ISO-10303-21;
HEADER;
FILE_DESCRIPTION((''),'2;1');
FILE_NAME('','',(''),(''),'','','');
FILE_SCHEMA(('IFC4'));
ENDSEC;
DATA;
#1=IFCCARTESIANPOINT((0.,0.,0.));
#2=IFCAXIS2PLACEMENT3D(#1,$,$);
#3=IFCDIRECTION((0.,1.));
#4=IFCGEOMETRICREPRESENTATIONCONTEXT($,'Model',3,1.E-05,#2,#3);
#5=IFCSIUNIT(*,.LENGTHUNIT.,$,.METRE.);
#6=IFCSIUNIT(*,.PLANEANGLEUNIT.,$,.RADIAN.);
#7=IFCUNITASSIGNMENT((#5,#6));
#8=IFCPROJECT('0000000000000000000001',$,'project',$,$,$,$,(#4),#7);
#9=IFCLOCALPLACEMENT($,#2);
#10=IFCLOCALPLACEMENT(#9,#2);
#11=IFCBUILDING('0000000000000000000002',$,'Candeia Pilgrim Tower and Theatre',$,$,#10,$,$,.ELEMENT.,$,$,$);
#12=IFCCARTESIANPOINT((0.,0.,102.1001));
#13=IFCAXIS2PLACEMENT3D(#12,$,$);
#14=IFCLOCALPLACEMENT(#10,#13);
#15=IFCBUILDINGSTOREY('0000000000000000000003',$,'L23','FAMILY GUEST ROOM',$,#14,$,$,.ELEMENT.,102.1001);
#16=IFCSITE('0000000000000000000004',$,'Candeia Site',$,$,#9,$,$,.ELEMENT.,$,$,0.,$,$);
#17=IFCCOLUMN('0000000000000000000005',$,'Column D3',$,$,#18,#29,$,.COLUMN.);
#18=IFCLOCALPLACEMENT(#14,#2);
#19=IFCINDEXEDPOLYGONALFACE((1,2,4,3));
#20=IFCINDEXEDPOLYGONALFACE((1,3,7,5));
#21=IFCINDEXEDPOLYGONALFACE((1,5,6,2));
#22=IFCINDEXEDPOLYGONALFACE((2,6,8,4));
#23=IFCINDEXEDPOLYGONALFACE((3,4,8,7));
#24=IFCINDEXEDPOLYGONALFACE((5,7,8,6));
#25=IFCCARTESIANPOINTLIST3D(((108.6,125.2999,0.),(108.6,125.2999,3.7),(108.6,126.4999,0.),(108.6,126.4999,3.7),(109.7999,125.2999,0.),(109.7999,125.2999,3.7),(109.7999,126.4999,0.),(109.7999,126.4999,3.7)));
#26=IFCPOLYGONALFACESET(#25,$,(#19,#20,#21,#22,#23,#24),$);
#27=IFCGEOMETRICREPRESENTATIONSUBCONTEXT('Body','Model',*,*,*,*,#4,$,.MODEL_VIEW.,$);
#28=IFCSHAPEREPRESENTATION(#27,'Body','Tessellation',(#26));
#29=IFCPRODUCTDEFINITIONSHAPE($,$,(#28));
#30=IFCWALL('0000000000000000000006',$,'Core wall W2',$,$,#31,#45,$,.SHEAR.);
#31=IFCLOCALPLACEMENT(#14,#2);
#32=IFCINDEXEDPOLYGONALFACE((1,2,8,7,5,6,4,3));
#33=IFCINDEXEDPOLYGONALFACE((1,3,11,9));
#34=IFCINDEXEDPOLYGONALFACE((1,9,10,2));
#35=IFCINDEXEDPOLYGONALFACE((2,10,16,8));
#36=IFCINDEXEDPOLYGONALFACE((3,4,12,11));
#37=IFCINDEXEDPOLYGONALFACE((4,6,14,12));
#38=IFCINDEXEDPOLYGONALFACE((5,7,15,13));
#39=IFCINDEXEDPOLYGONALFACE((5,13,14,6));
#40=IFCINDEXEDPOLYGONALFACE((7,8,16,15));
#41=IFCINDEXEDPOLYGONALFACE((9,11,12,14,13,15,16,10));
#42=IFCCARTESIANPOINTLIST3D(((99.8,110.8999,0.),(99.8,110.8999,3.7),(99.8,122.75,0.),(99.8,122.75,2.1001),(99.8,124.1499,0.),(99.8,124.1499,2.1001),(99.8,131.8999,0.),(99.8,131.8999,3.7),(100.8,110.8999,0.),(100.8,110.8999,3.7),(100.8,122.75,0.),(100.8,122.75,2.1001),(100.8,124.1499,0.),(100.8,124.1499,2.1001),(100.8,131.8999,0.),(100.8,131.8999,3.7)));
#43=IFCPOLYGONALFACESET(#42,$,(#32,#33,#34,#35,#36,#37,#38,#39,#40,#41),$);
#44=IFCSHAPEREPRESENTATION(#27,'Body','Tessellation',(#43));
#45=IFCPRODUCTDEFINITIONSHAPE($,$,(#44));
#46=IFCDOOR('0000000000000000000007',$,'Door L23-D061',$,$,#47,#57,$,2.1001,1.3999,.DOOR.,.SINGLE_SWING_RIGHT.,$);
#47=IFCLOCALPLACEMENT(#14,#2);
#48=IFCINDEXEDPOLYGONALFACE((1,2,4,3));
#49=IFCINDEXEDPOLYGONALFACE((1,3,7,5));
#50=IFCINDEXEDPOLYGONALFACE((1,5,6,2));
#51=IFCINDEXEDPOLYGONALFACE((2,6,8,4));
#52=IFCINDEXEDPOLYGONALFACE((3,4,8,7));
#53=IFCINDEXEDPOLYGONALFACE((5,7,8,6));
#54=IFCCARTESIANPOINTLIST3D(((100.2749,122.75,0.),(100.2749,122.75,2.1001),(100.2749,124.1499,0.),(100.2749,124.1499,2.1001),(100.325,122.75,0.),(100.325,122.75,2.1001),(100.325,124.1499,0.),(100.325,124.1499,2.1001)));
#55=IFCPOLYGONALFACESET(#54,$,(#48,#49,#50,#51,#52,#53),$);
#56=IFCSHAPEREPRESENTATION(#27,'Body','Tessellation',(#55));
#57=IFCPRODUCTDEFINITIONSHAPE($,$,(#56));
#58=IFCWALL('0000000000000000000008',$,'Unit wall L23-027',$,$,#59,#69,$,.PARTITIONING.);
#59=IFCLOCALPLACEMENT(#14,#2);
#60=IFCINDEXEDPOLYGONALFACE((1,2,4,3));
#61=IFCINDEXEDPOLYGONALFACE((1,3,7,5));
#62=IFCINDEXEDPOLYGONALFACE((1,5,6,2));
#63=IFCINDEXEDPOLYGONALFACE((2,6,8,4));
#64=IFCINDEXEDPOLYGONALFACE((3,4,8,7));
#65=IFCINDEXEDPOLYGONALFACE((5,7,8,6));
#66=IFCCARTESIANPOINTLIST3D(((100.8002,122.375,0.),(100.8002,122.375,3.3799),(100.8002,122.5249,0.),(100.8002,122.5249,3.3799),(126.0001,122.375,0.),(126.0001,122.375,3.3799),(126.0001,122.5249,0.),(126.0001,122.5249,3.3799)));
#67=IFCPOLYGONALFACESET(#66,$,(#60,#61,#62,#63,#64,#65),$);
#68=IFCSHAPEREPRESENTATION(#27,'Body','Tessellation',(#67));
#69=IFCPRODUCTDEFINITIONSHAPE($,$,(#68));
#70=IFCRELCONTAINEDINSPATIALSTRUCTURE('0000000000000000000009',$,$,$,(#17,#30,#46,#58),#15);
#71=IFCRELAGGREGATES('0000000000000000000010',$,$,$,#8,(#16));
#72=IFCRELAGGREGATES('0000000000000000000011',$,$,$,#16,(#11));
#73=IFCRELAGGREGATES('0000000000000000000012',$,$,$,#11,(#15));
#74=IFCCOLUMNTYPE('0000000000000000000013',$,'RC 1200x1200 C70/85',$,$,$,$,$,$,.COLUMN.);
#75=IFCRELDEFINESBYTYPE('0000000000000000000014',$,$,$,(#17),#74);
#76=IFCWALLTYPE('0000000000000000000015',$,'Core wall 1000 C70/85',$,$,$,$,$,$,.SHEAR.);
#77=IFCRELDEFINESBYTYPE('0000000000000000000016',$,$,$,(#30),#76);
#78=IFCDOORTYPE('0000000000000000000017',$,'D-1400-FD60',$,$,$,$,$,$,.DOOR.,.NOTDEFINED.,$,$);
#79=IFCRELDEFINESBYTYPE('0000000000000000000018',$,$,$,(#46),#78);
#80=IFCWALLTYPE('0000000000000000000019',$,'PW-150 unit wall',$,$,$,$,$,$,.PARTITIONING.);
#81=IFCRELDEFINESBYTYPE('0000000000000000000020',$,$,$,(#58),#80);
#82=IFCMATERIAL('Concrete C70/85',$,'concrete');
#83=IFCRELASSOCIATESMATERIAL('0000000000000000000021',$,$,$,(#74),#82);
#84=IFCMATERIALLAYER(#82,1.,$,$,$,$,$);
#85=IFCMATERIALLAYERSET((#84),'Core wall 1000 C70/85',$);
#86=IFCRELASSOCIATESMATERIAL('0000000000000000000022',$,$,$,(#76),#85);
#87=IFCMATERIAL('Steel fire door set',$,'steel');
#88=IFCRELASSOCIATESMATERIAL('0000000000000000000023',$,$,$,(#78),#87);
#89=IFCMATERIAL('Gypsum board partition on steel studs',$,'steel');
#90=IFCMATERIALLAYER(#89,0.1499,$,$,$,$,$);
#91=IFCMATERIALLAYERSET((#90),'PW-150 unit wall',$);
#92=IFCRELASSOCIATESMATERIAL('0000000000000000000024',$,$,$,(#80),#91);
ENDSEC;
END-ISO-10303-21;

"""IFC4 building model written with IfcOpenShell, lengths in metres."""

from ifc_helpers import new_model, si_unit, direction, frame, frame_2d, origin, origin_2d, place, context, subcontext, project, spatial, rectangle, extrude, material, layer, layer_set, material_profile, profile_set, type_object, element, fill, save


model = new_model("IFC4")

# Units and contexts
model_context = context("Model", 3, precision=1e-05, world=origin(), true_north=direction((0.0, 1.0)))
body_context = subcontext(model_context, "Body", "Model", "MODEL_VIEW")
ifc_project = project(units=[si_unit("LENGTHUNIT", "METRE"), si_unit("PLANEANGLEUNIT", "RADIAN")], contexts=[model_context])

# Site, building, storey
site_placement = place(None, origin())
site = spatial("IfcSite", under=ifc_project, at=site_placement, Name="Candeia Site", CompositionType="ELEMENT", RefElevation=0.0)
building_placement = place(site_placement, origin())
building = spatial("IfcBuilding", under=site, at=building_placement, Name="Candeia Pilgrim Tower and Theatre", CompositionType="ELEMENT")
storey_placement = place(building_placement, frame((0.0, 0.0, 102.1001)))
storey = spatial("IfcBuildingStorey", under=building, at=storey_placement, Name="L23", Description="FAMILY GUEST ROOM", CompositionType="ELEMENT", Elevation=102.1001)

# Column
ifc_material_1 = material(Name="Concrete C70/85", Category="concrete")
ifc_material_profile = material_profile(ifc_material_1, rectangle(XDim=1.2, YDim=1.2, at=origin_2d()))
ifc_profile_set = profile_set([ifc_material_profile], Name="Concrete C70/85")
column_type = type_object("IfcColumnType", Name="RC 1200x1200 C70/85", PredefinedType="COLUMN", material=ifc_profile_set)
column_placement = place(storey_placement, frame((109.2, 125.8999, 0.0), z_axis=(0.0, 0.0, 1.0), x_axis=(1.0, 0.0, 0.0)))
element("IfcColumn", 1, at=column_placement, inside=storey, type_object=column_type, Name="Column D3", PredefinedType="COLUMN", context=body_context, shape_type="SweptSolid", body=[
    extrude(rectangle(XDim=1.2, YDim=1.2, at=origin_2d()), origin(), (0.0, 0.0, 1.0), 3.7),
])

# Wall, opening, door
ifc_layer_1 = layer(ifc_material_1, 1.0)
ifc_layer_set_1 = layer_set([ifc_layer_1], Name="Core wall 1000 C70/85")
wall_type_1 = type_object("IfcWallType", Name="Core wall 1000 C70/85", PredefinedType="SHEAR", material=ifc_layer_set_1)
wall_1_placement = place(storey_placement, frame((100.3, 131.8999, 0.0), z_axis=(0.0, 0.0, 1.0), x_axis=(0.0, -1.0, 0.0)))
wall_1 = element("IfcWall", 2, at=wall_1_placement, inside=storey, type_object=wall_type_1, Name="Core wall W2", PredefinedType="SHEAR", context=body_context, shape_type="SweptSolid", body=[
    extrude(rectangle(XDim=21.0, YDim=1.0, at=frame_2d((10.5, 0.0))), origin(), (0.0, 0.0, 1.0), 3.7),
])
opening_1_placement = place(wall_1_placement, frame((7.75, 0.0, 0.0)))
opening_1 = element("IfcOpeningElement", 3, at=opening_1_placement, cuts=wall_1, PredefinedType="OPENING", context=body_context, shape_type="SweptSolid", body=[
    extrude(rectangle(XDim=1.3999, YDim=2.1001, at=frame_2d((0.7, 1.05))), frame((0.0, 0.51, 0.0), z_axis=(0.0, -1.0, 0.0), x_axis=(1.0, 0.0, 0.0)), (0.0, 0.0, 1.0), 1.02),
])
ifc_material_2 = material(Name="Steel fire door set", Category="steel")
door_type_1 = type_object("IfcDoorType", Name="D-1400-FD60", OperationType="NOTDEFINED", PredefinedType="DOOR", material=ifc_material_2)
door_1_placement = place(opening_1_placement, origin())
door_1 = element("IfcDoor", 4, at=door_1_placement, inside=storey, type_object=door_type_1, Name="Door L23-D061", OperationType="SINGLE_SWING_RIGHT", OverallHeight=2.1001, OverallWidth=1.3999, PredefinedType="DOOR", context=body_context, shape_type="SweptSolid", body=[
    extrude(rectangle(XDim=1.3999, YDim=2.1001, at=frame_2d((0.7, 1.05))), frame((0.0, 0.0249, 0.0), z_axis=(0.0, -1.0, 0.0), x_axis=(1.0, 0.0, 0.0)), (0.0, 0.0, 1.0), 0.05),
])
fill(opening_1, door_1)

# Wall
ifc_material_3 = material(Name="Gypsum board partition on steel studs", Category="steel")
ifc_layer_2 = layer(ifc_material_3, 0.1499)
ifc_layer_set_2 = layer_set([ifc_layer_2], Name="PW-150 unit wall")
wall_type_2 = type_object("IfcWallType", Name="PW-150 unit wall", PredefinedType="PARTITIONING", material=ifc_layer_set_2)
wall_2_placement = place(storey_placement, frame((100.8, 122.45, 0.0), z_axis=(0.0, 0.0, 1.0), x_axis=(1.0, 0.0, 0.0)))
element("IfcWall", 5, at=wall_2_placement, inside=storey, type_object=wall_type_2, Name="Unit wall L23-027", PredefinedType="PARTITIONING", context=body_context, shape_type="SweptSolid", body=[
    extrude(rectangle(XDim=25.2, YDim=0.1499, at=frame_2d((12.6001, 0.0))), origin(), (0.0, 0.0, 1.0), 3.3799),
])

save(model, "model.ifc")
